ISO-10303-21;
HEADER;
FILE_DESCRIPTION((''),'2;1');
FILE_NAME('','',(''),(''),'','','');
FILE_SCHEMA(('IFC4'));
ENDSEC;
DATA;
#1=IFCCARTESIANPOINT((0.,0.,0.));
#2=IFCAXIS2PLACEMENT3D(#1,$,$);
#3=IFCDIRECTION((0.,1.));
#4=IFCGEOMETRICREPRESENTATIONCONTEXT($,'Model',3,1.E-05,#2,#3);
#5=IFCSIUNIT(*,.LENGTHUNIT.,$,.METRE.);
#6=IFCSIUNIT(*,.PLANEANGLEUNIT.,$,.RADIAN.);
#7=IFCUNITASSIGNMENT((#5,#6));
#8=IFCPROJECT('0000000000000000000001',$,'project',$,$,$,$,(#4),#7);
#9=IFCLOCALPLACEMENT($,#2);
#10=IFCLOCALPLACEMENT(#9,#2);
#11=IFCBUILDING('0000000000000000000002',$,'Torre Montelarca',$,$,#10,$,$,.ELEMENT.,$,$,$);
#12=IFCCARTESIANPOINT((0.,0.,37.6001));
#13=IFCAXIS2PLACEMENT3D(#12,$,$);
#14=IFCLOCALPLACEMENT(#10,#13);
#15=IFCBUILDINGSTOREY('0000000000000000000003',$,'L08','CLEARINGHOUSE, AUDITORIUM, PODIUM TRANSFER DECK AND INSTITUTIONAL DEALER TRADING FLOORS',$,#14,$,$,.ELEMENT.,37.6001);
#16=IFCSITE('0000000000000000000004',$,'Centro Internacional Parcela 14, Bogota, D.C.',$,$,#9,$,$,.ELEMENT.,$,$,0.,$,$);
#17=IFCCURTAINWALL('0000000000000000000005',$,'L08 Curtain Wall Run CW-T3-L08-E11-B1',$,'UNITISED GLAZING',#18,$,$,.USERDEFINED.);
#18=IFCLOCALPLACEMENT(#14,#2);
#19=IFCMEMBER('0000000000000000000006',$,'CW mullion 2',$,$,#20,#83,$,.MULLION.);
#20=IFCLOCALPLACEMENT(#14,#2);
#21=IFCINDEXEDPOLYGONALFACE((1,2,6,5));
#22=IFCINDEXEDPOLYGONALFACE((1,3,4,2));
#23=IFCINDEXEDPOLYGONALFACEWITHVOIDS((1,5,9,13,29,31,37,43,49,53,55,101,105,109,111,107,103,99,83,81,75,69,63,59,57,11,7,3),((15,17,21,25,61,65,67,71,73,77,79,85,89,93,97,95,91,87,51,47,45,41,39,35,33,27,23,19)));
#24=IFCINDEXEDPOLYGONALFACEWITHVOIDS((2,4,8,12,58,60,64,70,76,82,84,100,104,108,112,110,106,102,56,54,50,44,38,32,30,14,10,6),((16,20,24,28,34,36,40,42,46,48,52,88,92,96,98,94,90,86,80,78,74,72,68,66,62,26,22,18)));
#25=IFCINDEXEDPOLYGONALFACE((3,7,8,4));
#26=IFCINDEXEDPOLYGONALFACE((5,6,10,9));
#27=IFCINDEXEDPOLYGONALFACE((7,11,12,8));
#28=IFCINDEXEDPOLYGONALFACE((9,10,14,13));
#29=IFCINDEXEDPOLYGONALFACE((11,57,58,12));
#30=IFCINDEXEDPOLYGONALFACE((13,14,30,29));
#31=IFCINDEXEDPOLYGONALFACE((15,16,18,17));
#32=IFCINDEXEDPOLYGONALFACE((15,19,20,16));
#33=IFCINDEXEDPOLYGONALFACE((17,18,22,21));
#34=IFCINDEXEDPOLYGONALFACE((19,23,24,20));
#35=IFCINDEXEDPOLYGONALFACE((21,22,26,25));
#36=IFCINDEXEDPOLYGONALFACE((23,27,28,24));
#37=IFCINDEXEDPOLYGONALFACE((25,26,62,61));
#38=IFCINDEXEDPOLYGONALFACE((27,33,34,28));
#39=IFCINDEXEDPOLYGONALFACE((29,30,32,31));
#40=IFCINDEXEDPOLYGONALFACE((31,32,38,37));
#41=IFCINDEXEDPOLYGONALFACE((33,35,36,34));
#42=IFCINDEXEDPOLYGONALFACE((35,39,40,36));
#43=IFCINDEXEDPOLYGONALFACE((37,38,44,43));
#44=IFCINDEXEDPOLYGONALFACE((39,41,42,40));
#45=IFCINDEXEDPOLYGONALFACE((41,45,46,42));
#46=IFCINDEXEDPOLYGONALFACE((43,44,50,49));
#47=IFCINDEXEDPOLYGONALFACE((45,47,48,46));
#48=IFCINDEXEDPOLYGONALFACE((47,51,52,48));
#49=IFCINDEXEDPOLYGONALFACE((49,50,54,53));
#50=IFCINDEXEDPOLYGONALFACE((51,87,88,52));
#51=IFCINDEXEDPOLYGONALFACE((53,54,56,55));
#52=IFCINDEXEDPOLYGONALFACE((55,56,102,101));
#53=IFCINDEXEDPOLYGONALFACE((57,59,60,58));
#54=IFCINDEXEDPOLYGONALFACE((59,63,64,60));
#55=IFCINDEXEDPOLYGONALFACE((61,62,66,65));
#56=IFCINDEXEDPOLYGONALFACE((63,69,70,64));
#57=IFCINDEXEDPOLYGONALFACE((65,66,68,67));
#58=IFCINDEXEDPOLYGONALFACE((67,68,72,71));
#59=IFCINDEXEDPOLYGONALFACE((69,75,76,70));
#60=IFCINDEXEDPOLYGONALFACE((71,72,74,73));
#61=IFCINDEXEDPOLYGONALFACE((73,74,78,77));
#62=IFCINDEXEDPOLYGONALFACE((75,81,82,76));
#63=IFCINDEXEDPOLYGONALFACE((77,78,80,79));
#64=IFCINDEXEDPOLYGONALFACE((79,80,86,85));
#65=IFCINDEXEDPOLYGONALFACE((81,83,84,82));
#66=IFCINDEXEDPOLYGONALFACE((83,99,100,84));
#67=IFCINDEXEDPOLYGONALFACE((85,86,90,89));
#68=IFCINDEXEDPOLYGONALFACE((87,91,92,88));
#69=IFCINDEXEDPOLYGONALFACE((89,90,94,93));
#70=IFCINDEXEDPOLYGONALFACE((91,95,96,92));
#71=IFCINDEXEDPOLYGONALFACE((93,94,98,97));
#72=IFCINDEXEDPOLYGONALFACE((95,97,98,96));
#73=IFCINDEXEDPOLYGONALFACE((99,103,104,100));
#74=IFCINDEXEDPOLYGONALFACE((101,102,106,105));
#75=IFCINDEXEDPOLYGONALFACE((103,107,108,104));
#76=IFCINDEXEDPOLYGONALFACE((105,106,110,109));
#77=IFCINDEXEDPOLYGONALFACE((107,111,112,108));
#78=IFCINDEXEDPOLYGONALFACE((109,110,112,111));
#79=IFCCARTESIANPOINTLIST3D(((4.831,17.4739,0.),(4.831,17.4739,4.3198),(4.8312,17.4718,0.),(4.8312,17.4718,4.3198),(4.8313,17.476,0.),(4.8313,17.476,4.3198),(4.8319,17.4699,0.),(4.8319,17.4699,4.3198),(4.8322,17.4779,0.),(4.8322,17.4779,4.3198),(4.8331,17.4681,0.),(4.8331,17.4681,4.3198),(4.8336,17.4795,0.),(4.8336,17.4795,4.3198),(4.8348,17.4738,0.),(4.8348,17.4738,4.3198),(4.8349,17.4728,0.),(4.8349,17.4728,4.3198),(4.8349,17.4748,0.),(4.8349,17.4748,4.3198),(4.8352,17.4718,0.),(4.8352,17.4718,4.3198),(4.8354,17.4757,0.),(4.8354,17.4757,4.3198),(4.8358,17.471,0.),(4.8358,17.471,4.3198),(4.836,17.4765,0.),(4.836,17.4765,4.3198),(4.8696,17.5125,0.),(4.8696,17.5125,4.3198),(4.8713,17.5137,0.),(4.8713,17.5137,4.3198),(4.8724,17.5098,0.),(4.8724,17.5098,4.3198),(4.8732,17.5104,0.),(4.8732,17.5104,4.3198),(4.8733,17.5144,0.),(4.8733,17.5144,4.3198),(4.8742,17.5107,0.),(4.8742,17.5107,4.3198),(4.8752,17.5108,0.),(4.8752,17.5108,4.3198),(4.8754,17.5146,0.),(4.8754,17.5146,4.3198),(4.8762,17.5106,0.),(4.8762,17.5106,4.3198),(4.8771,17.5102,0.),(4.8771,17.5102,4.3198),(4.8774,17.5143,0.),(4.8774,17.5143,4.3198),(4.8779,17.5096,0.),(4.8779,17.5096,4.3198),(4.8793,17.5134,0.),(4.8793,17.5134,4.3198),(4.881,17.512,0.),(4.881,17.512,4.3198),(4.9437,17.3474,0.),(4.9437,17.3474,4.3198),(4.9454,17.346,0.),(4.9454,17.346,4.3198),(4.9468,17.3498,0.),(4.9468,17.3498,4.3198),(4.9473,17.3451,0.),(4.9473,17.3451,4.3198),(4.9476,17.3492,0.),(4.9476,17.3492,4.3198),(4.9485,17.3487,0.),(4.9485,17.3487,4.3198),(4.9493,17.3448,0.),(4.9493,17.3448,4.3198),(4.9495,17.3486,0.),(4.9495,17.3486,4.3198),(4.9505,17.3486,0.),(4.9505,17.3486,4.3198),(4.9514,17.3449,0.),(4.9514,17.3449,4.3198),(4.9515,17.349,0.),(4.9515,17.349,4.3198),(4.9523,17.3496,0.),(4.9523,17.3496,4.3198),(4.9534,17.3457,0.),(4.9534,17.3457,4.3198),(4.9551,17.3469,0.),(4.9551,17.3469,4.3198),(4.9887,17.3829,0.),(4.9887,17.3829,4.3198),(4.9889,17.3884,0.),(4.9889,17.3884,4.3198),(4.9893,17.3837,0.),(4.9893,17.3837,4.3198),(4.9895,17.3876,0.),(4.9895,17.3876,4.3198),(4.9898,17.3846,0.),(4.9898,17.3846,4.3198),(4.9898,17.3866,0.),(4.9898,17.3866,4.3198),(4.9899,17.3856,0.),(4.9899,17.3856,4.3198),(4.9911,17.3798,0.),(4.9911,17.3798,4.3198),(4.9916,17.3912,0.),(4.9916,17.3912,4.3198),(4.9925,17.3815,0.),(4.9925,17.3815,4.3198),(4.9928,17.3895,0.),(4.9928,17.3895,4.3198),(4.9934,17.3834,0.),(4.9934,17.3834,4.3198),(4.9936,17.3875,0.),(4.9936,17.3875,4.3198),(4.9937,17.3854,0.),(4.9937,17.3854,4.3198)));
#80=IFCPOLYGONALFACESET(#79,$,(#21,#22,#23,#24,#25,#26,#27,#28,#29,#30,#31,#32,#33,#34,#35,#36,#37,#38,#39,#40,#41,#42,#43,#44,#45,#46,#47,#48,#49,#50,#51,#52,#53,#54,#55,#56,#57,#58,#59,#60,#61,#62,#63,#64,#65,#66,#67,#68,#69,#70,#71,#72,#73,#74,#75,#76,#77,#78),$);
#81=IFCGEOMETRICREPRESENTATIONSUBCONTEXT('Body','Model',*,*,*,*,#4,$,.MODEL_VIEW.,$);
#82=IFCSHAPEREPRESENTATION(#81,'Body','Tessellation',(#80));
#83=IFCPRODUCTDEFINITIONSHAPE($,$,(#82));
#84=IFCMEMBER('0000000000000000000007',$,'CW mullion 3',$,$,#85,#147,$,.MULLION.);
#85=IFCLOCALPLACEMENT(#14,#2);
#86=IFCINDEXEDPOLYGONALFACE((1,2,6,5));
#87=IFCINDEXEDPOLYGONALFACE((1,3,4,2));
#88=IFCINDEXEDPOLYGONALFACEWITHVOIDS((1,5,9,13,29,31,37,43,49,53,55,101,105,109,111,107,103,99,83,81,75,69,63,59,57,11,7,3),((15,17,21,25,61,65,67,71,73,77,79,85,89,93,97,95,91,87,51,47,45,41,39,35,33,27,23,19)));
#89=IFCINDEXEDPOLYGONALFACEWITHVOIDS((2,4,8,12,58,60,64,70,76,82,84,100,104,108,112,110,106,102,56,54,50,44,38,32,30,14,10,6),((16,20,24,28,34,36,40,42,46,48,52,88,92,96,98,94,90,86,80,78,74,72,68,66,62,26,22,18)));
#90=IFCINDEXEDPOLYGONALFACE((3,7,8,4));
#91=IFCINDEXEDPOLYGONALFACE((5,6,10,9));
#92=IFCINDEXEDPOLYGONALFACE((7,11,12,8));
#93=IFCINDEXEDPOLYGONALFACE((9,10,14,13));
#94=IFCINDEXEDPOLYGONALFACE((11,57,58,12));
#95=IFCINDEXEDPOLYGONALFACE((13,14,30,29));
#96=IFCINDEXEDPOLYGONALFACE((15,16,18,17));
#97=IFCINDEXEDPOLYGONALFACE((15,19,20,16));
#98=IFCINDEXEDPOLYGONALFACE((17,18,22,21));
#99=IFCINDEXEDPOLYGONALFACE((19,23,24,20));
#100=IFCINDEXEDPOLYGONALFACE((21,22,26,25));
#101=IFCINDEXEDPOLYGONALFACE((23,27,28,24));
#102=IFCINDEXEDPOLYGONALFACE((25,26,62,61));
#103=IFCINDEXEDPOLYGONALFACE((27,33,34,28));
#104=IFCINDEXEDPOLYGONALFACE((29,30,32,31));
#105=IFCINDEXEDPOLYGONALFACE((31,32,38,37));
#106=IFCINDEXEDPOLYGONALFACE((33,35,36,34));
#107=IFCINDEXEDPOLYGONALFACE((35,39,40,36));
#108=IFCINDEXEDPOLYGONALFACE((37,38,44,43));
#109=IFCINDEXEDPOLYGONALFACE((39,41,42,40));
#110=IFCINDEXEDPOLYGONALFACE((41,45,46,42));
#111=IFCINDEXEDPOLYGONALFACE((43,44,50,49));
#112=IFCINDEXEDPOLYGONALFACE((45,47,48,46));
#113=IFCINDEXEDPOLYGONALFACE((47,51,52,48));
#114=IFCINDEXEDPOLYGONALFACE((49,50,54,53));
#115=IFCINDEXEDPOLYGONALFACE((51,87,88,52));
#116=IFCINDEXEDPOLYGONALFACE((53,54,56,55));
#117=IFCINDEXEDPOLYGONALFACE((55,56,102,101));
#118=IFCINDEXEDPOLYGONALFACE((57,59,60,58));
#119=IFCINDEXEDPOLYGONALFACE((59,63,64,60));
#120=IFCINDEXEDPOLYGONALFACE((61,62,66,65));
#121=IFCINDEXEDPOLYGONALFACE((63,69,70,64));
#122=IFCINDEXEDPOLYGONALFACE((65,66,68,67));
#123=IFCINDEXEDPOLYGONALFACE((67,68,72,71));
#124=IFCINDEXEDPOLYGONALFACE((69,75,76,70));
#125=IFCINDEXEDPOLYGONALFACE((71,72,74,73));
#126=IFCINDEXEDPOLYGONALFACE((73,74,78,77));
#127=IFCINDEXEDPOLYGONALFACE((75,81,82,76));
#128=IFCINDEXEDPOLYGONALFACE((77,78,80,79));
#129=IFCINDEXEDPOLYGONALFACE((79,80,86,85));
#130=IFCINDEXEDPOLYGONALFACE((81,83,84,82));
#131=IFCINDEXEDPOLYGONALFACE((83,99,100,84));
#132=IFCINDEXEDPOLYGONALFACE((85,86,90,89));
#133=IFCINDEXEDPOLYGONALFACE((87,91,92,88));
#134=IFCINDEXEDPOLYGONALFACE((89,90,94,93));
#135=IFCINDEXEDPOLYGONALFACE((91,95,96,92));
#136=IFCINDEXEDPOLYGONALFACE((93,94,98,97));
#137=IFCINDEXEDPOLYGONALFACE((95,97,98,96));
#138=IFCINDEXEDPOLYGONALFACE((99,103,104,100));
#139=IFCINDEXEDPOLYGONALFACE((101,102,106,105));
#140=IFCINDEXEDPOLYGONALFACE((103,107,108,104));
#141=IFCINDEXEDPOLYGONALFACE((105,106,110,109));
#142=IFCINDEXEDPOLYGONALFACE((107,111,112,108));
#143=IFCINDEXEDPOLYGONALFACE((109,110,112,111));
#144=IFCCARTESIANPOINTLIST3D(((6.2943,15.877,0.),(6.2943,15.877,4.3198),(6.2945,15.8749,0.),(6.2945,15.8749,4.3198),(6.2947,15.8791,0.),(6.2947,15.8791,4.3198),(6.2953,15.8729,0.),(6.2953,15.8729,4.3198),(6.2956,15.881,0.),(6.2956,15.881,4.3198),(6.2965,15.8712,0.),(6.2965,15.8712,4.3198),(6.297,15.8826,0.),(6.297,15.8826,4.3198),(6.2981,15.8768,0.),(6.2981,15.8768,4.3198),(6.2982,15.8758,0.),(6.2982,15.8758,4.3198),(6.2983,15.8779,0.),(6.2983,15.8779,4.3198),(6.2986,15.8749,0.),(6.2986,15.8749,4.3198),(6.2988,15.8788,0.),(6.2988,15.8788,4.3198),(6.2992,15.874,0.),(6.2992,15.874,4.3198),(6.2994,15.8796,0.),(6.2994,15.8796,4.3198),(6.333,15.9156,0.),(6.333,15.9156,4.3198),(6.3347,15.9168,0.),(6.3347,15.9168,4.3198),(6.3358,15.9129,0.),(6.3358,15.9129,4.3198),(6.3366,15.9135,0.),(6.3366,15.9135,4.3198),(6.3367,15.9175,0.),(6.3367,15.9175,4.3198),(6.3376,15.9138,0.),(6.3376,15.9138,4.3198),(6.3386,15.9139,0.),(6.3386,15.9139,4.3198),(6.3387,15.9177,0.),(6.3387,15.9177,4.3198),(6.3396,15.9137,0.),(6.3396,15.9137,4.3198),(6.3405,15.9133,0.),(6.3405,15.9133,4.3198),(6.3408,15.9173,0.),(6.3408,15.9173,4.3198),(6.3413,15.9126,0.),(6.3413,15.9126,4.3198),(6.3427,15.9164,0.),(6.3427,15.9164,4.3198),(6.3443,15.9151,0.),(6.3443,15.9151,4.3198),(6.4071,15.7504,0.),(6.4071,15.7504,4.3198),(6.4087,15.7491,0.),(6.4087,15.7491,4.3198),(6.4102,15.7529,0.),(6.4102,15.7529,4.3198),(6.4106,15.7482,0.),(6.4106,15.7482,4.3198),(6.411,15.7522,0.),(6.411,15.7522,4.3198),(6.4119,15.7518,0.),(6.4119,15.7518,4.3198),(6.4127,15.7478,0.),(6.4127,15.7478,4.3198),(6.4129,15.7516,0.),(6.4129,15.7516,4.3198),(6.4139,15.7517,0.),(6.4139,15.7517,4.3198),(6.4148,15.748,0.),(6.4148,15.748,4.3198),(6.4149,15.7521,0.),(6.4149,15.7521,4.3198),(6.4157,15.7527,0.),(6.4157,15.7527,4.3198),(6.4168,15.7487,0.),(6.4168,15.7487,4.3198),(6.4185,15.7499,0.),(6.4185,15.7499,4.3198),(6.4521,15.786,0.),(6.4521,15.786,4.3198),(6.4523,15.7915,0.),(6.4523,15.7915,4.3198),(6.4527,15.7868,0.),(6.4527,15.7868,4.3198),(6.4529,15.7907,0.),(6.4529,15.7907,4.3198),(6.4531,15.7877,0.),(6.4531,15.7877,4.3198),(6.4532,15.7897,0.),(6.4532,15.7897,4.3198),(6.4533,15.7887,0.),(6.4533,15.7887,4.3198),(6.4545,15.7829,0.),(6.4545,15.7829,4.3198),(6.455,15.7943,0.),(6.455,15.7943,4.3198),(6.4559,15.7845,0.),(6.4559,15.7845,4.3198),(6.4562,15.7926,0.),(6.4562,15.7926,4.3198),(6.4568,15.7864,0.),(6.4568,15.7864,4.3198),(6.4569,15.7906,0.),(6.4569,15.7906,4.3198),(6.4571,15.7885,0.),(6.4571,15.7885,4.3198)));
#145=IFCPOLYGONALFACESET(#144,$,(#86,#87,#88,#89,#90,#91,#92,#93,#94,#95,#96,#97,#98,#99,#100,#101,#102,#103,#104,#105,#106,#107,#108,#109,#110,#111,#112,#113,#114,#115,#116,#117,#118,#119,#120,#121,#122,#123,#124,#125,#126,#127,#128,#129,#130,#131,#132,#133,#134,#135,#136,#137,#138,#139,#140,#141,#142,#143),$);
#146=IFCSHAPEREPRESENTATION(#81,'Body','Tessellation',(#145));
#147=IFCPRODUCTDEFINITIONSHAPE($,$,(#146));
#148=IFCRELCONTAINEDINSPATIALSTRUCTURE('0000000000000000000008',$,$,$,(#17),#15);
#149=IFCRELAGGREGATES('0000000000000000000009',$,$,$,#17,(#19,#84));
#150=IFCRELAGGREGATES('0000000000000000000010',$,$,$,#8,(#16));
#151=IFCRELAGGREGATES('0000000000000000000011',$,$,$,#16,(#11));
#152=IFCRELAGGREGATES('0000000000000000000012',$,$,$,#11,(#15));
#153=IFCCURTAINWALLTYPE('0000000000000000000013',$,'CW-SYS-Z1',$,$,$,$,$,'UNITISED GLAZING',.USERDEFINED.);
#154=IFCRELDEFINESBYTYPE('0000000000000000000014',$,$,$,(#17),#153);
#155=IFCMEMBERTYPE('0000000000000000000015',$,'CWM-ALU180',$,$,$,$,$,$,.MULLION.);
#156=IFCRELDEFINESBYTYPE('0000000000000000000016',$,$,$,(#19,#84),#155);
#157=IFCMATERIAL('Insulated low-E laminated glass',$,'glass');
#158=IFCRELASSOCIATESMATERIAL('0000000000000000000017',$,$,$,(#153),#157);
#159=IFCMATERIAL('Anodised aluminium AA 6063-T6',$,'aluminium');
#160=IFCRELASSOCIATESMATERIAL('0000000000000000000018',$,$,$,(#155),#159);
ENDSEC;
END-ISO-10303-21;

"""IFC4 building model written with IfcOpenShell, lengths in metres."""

from ifc_helpers import new_model, si_unit, direction, frame, origin, origin_2d, place, context, subcontext, project, spatial, hollow_rectangle, extrude, source, transform, mapped, material, material_profile, profile_set, type_object, element, aggregate, save


model = new_model("IFC4")

# Units and contexts
model_context = context("Model", 3, precision=1e-05, world=origin(), true_north=direction((0.0, 1.0)))
body_context = subcontext(model_context, "Body", "Model", "MODEL_VIEW")
ifc_project = project(units=[si_unit("LENGTHUNIT", "METRE"), si_unit("PLANEANGLEUNIT", "RADIAN")], contexts=[model_context])

# Site, building, storey
site_placement = place(None, origin())
site = spatial("IfcSite", under=ifc_project, at=site_placement, Name="Centro Internacional Parcela 14, Bogota, D.C.", CompositionType="ELEMENT", RefElevation=0.0)
building_placement = place(site_placement, origin())
building = spatial("IfcBuilding", under=site, at=building_placement, Name="Torre Montelarca", CompositionType="ELEMENT")
storey_placement = place(building_placement, frame((0.0, 0.0, 37.6001)))
storey = spatial("IfcBuildingStorey", under=building, at=storey_placement, Name="L08", Description="CLEARINGHOUSE, AUDITORIUM, PODIUM TRANSFER DECK AND INSTITUTIONAL DEALER TRADING FLOORS", CompositionType="ELEMENT", Elevation=37.6001)

# Shared definitions
ifc_material_1 = material(Name="Insulated low-E laminated glass", Category="glass")
curtain_wall_type = type_object("IfcCurtainWallType", Name="CW-SYS-Z1", ElementType="UNITISED GLAZING", PredefinedType="USERDEFINED", material=ifc_material_1)
ifc_material_2 = material(Name="Anodised aluminium AA 6063-T6", Category="aluminium")
ifc_material_profile_1 = material_profile(ifc_material_2, hollow_rectangle(XDim=0.0649, YDim=0.1799, WallThickness=0.0039, InnerFilletRadius=0.0039, OuterFilletRadius=0.0081, at=origin_2d()), Name="ALU65X180X4", Category="aluminium")
ifc_profile_set_1 = profile_set([ifc_material_profile_1], Name="Anodised aluminium AA 6063-T6")
member_type_1 = type_object("IfcMemberType", Name="CWM-ALU180", PredefinedType="MULLION", material=ifc_profile_set_1)
shared_shape_1 = source(origin(), body_context, "Body", "SweptSolid", [
    extrude(hollow_rectangle(XDim=0.0649, YDim=0.1799, WallThickness=0.0039, InnerFilletRadius=0.0039, OuterFilletRadius=0.0081, at=origin_2d()), origin(), (0.0, 0.0, 1.0), 4.3198),
])

# Curtain wall, members
curtain_wall_1_placement = place(storey_placement, origin())
curtain_wall_1 = element("IfcCurtainWall", 1, at=curtain_wall_1_placement, inside=storey, type_object=curtain_wall_type, Name="L08 Curtain Wall Run CW-T3-L08-E11-B1", ObjectType="UNITISED GLAZING", PredefinedType="USERDEFINED")
member_1_placement = place(storey_placement, frame((4.9124, 17.4297, 0.0), z_axis=(0.0, 0.0, 1.0), x_axis=(0.737295, 0.675571, 0.0)))
member_1 = element("IfcMember", 2, at=member_1_placement, type_object=member_type_1, Name="CW mullion 2", PredefinedType="MULLION", context=body_context, shape_type="MappedRepresentation", body=[
    mapped(shared_shape_1, transform((0.0, 0.0, 0.0), scale=1.0)),
])
member_2_placement = place(storey_placement, frame((6.3757, 15.8328, 0.0), z_axis=(0.0, 0.0, 1.0), x_axis=(0.737295, 0.675571, 0.0)))
member_2 = element("IfcMember", 3, at=member_2_placement, type_object=member_type_1, Name="CW mullion 3", PredefinedType="MULLION", context=body_context, shape_type="MappedRepresentation", body=[
    mapped(shared_shape_1, transform((0.0, 0.0, 0.0), scale=1.0)),
])

aggregate(curtain_wall_1, [member_1, member_2])

save(model, "model.ifc")
